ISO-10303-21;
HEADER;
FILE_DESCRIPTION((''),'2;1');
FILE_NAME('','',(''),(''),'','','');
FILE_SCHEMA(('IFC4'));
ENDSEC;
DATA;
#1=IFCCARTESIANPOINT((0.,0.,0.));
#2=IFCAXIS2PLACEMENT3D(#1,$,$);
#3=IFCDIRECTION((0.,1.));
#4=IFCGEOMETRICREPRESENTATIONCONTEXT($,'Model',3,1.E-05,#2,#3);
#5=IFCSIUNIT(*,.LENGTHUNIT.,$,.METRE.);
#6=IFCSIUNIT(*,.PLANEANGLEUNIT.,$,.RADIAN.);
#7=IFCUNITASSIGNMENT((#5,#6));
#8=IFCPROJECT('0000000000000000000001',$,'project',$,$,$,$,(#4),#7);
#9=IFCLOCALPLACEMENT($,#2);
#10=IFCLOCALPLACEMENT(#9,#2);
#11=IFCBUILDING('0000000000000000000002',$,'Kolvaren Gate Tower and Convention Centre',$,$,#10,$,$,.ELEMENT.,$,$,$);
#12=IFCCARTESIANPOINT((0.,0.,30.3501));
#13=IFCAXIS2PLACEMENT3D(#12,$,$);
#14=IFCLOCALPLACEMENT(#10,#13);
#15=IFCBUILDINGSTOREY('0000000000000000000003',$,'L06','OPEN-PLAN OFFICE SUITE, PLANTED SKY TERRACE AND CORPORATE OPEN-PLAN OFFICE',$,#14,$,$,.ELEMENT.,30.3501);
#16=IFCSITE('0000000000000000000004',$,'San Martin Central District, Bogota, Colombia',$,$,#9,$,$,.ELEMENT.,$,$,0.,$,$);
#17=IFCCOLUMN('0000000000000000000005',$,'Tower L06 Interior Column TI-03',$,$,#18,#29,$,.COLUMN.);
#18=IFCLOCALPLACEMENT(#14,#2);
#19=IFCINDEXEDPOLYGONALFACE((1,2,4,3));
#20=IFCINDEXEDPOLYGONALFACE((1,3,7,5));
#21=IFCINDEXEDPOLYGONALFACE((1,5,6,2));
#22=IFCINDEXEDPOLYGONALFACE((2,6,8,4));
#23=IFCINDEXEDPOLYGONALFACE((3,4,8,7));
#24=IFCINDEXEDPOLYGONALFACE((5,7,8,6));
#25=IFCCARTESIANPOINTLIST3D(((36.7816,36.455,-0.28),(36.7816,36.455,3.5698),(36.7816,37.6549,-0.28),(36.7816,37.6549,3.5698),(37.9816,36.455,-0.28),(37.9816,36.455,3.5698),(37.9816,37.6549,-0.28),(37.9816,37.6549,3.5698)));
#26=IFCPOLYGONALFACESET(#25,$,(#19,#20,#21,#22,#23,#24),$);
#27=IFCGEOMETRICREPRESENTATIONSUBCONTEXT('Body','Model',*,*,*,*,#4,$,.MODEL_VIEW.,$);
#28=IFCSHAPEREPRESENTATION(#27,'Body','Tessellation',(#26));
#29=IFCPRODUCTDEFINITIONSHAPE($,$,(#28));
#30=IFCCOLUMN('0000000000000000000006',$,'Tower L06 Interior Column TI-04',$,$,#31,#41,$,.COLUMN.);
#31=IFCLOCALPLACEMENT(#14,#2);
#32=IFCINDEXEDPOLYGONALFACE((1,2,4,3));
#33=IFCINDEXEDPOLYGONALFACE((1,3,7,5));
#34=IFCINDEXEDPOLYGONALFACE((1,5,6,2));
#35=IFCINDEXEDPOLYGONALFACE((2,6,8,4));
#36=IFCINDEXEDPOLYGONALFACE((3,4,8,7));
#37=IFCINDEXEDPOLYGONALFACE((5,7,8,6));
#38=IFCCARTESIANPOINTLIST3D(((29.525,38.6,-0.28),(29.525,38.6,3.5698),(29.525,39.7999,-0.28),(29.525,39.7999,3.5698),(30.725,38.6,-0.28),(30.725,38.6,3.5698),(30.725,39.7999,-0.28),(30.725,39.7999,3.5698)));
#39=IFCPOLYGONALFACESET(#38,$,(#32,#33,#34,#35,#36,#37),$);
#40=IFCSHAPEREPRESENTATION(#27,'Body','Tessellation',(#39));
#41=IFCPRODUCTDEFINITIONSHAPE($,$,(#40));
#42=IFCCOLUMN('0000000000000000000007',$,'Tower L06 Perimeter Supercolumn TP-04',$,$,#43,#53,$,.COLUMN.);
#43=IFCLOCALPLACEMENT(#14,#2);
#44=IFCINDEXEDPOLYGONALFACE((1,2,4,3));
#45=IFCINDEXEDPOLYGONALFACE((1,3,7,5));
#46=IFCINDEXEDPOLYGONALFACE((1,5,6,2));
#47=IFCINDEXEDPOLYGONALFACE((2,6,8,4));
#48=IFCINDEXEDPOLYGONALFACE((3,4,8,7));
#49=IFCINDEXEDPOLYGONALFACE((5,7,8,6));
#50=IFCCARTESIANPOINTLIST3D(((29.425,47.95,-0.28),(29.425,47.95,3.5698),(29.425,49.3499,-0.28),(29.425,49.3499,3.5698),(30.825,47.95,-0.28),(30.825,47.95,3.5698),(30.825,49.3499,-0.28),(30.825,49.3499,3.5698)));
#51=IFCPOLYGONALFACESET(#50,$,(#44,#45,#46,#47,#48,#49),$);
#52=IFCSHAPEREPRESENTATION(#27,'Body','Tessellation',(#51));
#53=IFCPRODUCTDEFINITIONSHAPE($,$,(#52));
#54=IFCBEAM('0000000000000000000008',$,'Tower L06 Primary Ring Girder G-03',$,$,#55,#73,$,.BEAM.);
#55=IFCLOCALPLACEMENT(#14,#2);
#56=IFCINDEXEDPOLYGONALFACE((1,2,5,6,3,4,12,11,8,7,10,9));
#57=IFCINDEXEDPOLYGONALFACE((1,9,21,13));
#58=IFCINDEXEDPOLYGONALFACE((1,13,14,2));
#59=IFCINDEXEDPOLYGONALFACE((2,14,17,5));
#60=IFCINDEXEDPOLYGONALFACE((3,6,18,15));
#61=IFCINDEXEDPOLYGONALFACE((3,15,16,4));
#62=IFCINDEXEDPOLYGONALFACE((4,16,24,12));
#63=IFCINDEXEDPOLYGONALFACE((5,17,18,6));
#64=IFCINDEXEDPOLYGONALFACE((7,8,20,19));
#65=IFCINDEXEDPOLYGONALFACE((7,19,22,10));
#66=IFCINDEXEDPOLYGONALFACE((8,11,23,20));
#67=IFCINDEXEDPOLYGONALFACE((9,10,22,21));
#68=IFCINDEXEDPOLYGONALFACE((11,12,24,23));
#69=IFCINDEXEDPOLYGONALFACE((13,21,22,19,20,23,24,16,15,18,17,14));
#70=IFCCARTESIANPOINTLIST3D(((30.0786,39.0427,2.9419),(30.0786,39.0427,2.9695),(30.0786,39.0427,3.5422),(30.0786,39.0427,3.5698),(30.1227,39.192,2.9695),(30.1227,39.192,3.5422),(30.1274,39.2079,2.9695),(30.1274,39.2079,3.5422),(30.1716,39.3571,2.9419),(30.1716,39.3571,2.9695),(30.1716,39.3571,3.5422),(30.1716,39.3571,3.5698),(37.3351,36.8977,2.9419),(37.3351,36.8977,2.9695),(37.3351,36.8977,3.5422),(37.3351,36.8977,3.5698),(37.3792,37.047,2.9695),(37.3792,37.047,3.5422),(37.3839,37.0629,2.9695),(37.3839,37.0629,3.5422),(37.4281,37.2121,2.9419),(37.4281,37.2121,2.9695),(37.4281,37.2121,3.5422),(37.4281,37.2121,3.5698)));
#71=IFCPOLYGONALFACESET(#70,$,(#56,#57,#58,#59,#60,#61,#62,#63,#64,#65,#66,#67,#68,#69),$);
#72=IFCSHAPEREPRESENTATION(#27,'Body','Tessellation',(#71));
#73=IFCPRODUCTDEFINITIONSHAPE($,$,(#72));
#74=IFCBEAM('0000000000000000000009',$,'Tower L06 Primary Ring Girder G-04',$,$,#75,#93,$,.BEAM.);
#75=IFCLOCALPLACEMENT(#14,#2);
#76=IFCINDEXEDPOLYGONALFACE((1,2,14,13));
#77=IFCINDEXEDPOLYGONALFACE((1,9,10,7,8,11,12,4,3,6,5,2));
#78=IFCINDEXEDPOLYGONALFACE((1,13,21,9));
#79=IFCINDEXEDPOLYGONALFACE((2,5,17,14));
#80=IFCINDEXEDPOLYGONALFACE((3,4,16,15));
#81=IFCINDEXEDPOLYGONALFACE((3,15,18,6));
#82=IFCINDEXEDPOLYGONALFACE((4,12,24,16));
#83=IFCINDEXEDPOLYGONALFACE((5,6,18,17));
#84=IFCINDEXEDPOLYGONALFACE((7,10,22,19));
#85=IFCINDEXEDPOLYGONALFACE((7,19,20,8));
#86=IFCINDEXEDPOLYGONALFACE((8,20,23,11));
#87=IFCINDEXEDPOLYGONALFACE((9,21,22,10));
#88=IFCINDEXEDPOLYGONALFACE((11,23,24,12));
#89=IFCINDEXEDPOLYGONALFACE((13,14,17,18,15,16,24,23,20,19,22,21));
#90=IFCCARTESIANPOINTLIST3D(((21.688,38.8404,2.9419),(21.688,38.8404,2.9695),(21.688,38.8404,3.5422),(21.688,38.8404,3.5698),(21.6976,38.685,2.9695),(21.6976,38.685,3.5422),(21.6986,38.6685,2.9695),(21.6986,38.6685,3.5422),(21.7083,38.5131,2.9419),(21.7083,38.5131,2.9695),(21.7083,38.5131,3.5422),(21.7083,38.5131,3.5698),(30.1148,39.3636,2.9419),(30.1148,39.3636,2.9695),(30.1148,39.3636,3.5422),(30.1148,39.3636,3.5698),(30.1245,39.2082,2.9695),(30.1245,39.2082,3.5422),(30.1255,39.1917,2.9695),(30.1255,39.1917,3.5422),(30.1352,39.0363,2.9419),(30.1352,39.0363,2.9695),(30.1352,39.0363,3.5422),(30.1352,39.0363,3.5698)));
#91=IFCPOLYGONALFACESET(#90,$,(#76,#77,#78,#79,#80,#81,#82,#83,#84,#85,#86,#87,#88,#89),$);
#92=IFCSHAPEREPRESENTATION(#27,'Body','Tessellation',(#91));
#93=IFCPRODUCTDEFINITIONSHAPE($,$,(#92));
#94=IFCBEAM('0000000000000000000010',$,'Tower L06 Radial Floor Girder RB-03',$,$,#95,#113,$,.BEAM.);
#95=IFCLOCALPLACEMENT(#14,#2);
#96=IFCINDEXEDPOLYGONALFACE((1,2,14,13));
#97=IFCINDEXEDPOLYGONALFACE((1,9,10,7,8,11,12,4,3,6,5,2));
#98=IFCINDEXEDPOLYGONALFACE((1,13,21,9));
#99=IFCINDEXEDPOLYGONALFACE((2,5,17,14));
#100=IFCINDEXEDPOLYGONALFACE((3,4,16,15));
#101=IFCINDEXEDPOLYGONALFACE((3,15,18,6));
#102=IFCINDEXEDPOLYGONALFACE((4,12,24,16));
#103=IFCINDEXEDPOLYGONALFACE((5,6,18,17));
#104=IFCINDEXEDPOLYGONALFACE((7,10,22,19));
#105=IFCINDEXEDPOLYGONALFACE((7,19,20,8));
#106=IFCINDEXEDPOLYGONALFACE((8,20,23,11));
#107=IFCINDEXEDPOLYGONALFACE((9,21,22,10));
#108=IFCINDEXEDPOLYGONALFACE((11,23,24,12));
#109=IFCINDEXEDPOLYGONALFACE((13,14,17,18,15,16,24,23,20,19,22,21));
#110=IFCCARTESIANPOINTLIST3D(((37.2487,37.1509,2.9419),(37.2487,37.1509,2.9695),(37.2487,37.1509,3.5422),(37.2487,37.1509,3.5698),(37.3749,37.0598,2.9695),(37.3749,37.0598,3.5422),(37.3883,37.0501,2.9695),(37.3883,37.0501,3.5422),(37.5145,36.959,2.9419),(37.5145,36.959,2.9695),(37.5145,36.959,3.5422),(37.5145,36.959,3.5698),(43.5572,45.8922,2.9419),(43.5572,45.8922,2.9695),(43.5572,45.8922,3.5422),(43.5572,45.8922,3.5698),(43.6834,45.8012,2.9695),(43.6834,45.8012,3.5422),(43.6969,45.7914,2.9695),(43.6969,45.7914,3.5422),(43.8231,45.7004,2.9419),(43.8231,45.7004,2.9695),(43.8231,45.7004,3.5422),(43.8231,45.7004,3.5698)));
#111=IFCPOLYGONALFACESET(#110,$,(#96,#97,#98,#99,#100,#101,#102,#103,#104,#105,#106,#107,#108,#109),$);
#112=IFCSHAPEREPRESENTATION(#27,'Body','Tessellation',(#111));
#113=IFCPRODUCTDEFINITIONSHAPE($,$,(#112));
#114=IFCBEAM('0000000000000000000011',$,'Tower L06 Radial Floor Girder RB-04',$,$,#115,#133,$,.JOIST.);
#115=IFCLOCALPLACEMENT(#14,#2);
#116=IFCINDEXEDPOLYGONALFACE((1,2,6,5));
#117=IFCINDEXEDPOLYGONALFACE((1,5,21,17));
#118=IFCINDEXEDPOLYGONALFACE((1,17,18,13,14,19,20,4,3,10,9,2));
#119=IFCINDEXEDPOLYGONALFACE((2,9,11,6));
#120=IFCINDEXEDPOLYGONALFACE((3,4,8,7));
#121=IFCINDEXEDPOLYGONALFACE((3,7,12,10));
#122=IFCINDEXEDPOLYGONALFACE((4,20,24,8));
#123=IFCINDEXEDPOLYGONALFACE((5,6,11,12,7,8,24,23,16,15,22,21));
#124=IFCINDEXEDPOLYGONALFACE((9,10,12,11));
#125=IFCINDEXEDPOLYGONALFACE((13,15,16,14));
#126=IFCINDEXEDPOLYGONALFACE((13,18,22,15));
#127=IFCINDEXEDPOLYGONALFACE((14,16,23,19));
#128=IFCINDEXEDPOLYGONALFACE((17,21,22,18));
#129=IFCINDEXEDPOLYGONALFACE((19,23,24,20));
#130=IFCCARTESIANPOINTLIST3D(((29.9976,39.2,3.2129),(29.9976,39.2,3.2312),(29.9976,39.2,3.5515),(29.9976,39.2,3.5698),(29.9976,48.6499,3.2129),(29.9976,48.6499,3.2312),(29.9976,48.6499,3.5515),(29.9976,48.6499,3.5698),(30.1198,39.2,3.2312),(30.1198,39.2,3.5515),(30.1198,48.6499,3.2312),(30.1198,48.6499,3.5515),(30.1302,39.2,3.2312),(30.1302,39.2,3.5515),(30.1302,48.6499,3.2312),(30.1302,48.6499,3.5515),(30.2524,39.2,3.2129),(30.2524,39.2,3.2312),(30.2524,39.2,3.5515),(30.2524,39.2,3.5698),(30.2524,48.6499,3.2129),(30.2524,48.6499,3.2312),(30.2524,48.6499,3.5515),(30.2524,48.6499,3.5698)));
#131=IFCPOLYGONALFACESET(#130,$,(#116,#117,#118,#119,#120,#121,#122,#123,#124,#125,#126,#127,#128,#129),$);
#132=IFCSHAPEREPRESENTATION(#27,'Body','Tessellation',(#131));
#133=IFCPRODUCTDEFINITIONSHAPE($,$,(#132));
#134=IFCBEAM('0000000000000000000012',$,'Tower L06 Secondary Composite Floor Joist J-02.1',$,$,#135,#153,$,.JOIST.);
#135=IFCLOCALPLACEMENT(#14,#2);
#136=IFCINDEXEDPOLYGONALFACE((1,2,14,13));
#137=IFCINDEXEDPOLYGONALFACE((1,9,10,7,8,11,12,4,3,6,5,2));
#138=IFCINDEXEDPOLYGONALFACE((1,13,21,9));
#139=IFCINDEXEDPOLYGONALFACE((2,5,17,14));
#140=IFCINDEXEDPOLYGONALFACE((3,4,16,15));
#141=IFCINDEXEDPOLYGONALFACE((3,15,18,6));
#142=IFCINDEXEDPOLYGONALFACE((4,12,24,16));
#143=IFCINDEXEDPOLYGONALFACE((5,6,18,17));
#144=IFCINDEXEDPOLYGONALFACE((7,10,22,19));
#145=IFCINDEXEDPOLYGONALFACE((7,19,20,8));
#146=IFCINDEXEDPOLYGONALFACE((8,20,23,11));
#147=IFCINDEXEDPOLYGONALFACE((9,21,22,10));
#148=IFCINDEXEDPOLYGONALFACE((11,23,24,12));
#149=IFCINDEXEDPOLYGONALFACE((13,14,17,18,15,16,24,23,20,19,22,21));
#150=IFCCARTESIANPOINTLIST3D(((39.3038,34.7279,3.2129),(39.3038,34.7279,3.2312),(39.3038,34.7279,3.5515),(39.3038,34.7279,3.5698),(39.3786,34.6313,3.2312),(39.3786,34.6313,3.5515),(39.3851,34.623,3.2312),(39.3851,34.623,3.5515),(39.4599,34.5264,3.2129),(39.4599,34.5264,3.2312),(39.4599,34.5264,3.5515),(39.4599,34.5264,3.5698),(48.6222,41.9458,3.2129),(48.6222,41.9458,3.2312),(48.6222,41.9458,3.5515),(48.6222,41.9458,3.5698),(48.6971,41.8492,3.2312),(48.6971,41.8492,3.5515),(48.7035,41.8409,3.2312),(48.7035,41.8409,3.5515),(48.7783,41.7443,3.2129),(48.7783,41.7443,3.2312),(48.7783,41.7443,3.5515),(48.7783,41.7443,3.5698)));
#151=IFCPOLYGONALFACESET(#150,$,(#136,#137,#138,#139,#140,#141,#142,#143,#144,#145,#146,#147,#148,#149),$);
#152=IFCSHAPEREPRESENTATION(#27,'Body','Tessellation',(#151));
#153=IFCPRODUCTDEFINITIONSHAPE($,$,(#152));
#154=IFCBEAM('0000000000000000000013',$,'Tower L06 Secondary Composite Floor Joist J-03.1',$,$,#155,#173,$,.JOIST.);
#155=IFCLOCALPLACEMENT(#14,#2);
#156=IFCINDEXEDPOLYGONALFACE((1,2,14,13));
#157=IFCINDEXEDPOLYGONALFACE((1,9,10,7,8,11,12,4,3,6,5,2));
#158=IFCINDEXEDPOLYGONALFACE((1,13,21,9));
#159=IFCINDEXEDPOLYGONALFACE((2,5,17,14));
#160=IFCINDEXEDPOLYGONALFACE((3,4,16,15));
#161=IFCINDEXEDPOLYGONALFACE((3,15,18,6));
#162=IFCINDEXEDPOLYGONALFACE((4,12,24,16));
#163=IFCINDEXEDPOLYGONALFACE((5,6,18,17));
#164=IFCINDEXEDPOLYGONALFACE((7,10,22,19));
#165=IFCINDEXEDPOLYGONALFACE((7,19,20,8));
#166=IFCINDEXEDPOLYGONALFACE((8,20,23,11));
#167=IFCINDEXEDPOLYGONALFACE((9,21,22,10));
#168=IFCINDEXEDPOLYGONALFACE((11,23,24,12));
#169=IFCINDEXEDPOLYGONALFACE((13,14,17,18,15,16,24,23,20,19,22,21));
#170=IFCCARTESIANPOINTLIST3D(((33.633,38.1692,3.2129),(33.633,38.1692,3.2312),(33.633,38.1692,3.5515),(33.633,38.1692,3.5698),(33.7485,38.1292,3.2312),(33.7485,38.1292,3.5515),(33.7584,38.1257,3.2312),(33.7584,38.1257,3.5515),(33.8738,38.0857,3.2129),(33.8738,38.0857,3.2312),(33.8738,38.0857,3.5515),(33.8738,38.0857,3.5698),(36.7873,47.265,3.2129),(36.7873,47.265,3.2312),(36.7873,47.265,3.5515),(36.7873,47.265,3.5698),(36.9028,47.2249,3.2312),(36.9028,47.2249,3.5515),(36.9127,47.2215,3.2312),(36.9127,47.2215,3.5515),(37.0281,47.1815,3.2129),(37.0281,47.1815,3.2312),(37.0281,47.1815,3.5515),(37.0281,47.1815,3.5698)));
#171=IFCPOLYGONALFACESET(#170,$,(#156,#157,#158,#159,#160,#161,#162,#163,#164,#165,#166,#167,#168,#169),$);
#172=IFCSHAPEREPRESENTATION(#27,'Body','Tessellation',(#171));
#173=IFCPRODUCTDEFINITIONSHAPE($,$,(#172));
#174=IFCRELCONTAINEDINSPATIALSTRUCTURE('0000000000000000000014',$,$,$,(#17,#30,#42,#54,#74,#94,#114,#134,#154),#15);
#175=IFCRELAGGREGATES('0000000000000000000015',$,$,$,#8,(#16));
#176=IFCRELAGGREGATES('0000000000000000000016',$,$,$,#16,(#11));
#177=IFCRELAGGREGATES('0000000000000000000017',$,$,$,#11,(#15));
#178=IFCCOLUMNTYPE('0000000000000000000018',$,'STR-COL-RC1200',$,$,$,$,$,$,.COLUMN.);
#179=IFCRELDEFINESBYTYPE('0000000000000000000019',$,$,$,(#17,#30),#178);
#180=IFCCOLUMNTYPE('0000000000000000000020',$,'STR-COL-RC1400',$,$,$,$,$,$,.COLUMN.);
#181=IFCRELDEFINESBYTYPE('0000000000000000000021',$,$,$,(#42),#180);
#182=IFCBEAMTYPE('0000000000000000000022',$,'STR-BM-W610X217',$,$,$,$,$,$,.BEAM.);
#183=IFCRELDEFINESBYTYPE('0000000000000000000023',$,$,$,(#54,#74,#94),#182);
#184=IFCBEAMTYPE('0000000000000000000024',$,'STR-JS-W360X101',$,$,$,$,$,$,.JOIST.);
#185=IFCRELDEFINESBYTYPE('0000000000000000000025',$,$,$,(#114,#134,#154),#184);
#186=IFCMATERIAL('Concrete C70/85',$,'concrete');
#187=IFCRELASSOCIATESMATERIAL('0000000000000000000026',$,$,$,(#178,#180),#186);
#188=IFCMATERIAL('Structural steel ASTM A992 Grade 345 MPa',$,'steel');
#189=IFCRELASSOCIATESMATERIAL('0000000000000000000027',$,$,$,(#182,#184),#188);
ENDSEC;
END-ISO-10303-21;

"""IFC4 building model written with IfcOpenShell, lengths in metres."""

from ifc_helpers import new_model, si_unit, direction, frame, origin, origin_2d, place, context, subcontext, project, spatial, rectangle, i_section, extrude, material, material_profile, profile_set, type_object, element, save


model = new_model("IFC4")

# Units and contexts
model_context = context("Model", 3, precision=1e-05, world=origin(), true_north=direction((0.0, 1.0)))
body_context = subcontext(model_context, "Body", "Model", "MODEL_VIEW")
ifc_project = project(units=[si_unit("LENGTHUNIT", "METRE"), si_unit("PLANEANGLEUNIT", "RADIAN")], contexts=[model_context])

# Site, building, storey
site_placement = place(None, origin())
site = spatial("IfcSite", under=ifc_project, at=site_placement, Name="San Martin Central District, Bogota, Colombia", CompositionType="ELEMENT", RefElevation=0.0)
building_placement = place(site_placement, origin())
building = spatial("IfcBuilding", under=site, at=building_placement, Name="Kolvaren Gate Tower and Convention Centre", CompositionType="ELEMENT")
storey_placement = place(building_placement, frame((0.0, 0.0, 30.3501)))
storey = spatial("IfcBuildingStorey", under=building, at=storey_placement, Name="L06", Description="OPEN-PLAN OFFICE SUITE, PLANTED SKY TERRACE AND CORPORATE OPEN-PLAN OFFICE", CompositionType="ELEMENT", Elevation=30.3501)

# Columns
ifc_material_1 = material(Name="Concrete C70/85", Category="concrete")
ifc_material_profile_1 = material_profile(ifc_material_1, rectangle(XDim=1.2, YDim=1.2, at=origin_2d()), Name="RC-COL-1200X1200")
ifc_profile_set_1 = profile_set([ifc_material_profile_1], Name="Concrete C70/85")
column_type_1 = type_object("IfcColumnType", Name="STR-COL-RC1200", PredefinedType="COLUMN", material=ifc_profile_set_1)
for number, where, z_axis, x_axis, name in (
    (1, (37.3816, 37.0549, -0.28), (0.0, 0.0, 1.0), (1.0, 0.0, 0.0), "Tower L06 Interior Column TI-03"),
    (2, (30.125, 39.2, -0.28), (0.0, 0.0, 1.0), (1.0, 0.0, 0.0), "Tower L06 Interior Column TI-04"),
):
    element("IfcColumn", number, at=place(storey_placement, frame(where, z_axis=z_axis, x_axis=x_axis)), inside=storey, type_object=column_type_1, Name=name, PredefinedType="COLUMN", context=body_context, shape_type="SweptSolid", body=[
        extrude(rectangle(XDim=1.2, YDim=1.2, at=origin_2d()), origin(), (0.0, 0.0, 1.0), 3.8499),
    ])
ifc_material_profile_2 = material_profile(ifc_material_1, rectangle(XDim=1.3999, YDim=1.3999, at=origin_2d()), Name="RC-COL-1400X1400")
ifc_profile_set_2 = profile_set([ifc_material_profile_2], Name="Concrete C70/85")
column_type_2 = type_object("IfcColumnType", Name="STR-COL-RC1400", PredefinedType="COLUMN", material=ifc_profile_set_2)
column_placement = place(storey_placement, frame((30.125, 48.6499, -0.28), z_axis=(0.0, 0.0, 1.0), x_axis=(1.0, 0.0, 0.0)))
element("IfcColumn", 3, at=column_placement, inside=storey, type_object=column_type_2, Name="Tower L06 Perimeter Supercolumn TP-04", PredefinedType="COLUMN", context=body_context, shape_type="SweptSolid", body=[
    extrude(rectangle(XDim=1.3999, YDim=1.3999, at=origin_2d()), origin(), (0.0, 0.0, 1.0), 3.8499),
])

# Beams
ifc_material_2 = material(Name="Structural steel ASTM A992 Grade 345 MPa", Category="steel")
ifc_material_profile_3 = material_profile(ifc_material_2, i_section(OverallWidth=0.3279, OverallDepth=0.6279, WebThickness=0.0166, FlangeThickness=0.0276, at=origin_2d()), Name="W610X217")
ifc_profile_set_3 = profile_set([ifc_material_profile_3], Name="Structural steel ASTM A992 Grade 345 MPa")
beam_type_1 = type_object("IfcBeamType", Name="STR-BM-W610X217", PredefinedType="BEAM", material=ifc_profile_set_3)
beam_1_placement = place(storey_placement, frame((37.3816, 37.0549, 3.2559), z_axis=(-0.958981, 0.283471, 0.0), x_axis=(-0.283471, -0.958981, 0.0)))
element("IfcBeam", 4, at=beam_1_placement, inside=storey, type_object=beam_type_1, Name="Tower L06 Primary Ring Girder G-03", PredefinedType="BEAM", context=body_context, shape_type="SweptSolid", body=[
    extrude(i_section(OverallWidth=0.3279, OverallDepth=0.6279, WebThickness=0.0166, FlangeThickness=0.0276, at=origin_2d()), origin(), (0.0, 0.0, 1.0), 7.5669),
])
beam_2_placement = place(storey_placement, frame((30.125, 39.2, 3.2559), z_axis=(-0.998078, -0.061966, 0.0), x_axis=(0.061966, -0.998078, 0.0)))
element("IfcBeam", 5, at=beam_2_placement, inside=storey, type_object=beam_type_1, Name="Tower L06 Primary Ring Girder G-04", PredefinedType="BEAM", context=body_context, shape_type="SweptSolid", body=[
    extrude(i_section(OverallWidth=0.3279, OverallDepth=0.6279, WebThickness=0.0166, FlangeThickness=0.0276, at=origin_2d()), origin(), (0.0, 0.0, 1.0), 8.4431),
])
beam_3_placement = place(storey_placement, frame((37.3816, 37.0549, 3.2559), z_axis=(0.585205, 0.810885, 0.0), x_axis=(-0.810885, 0.585205, 0.0)))
element("IfcBeam", 6, at=beam_3_placement, inside=storey, type_object=beam_type_1, Name="Tower L06 Radial Floor Girder RB-03", PredefinedType="BEAM", context=body_context, shape_type="SweptSolid", body=[
    extrude(i_section(OverallWidth=0.3279, OverallDepth=0.6279, WebThickness=0.0166, FlangeThickness=0.0276, at=origin_2d()), origin(), (0.0, 0.0, 1.0), 10.78),
])
ifc_material_profile_4 = material_profile(ifc_material_2, i_section(OverallWidth=0.2549, OverallDepth=0.3569, WebThickness=0.0105, FlangeThickness=0.0183, at=origin_2d()), Name="W360X101")
ifc_profile_set_4 = profile_set([ifc_material_profile_4], Name="Structural steel ASTM A992 Grade 345 MPa")
beam_type_2 = type_object("IfcBeamType", Name="STR-JS-W360X101", PredefinedType="JOIST", material=ifc_profile_set_4)
beam_4_placement = place(storey_placement, frame((30.125, 39.2, 3.3914), z_axis=(0.0, 1.0, 0.0), x_axis=(-1.0, 0.0, 0.0)))
element("IfcBeam", 7, at=beam_4_placement, inside=storey, type_object=beam_type_2, Name="Tower L06 Radial Floor Girder RB-04", PredefinedType="JOIST", context=body_context, shape_type="SweptSolid", body=[
    extrude(i_section(OverallWidth=0.2549, OverallDepth=0.3569, WebThickness=0.0105, FlangeThickness=0.0183, at=origin_2d()), origin(), (0.0, 0.0, 1.0), 9.45),
])
beam_5_placement = place(storey_placement, frame((39.3818, 34.6272, 3.3914), z_axis=(0.790577, 0.612362, 0.0), x_axis=(-0.612362, 0.790577, 0.0)))
element("IfcBeam", 8, at=beam_5_placement, inside=storey, type_object=beam_type_2, Name="Tower L06 Secondary Composite Floor Joist J-02.1", PredefinedType="JOIST", context=body_context, shape_type="SweptSolid", body=[
    extrude(i_section(OverallWidth=0.2549, OverallDepth=0.3569, WebThickness=0.0105, FlangeThickness=0.0183, at=origin_2d()), origin(), (0.0, 0.0, 1.0), 11.7869),
])
beam_6_placement = place(storey_placement, frame((33.7534, 38.1274, 3.3914), z_axis=(0.327647, 0.9448, 0.0), x_axis=(-0.9448, 0.327647, 0.0)))
element("IfcBeam", 9, at=beam_6_placement, inside=storey, type_object=beam_type_2, Name="Tower L06 Secondary Composite Floor Joist J-03.1", PredefinedType="JOIST", context=body_context, shape_type="SweptSolid", body=[
    extrude(i_section(OverallWidth=0.2549, OverallDepth=0.3569, WebThickness=0.0105, FlangeThickness=0.0183, at=origin_2d()), origin(), (0.0, 0.0, 1.0), 9.6272),
])

save(model, "model.ifc")
